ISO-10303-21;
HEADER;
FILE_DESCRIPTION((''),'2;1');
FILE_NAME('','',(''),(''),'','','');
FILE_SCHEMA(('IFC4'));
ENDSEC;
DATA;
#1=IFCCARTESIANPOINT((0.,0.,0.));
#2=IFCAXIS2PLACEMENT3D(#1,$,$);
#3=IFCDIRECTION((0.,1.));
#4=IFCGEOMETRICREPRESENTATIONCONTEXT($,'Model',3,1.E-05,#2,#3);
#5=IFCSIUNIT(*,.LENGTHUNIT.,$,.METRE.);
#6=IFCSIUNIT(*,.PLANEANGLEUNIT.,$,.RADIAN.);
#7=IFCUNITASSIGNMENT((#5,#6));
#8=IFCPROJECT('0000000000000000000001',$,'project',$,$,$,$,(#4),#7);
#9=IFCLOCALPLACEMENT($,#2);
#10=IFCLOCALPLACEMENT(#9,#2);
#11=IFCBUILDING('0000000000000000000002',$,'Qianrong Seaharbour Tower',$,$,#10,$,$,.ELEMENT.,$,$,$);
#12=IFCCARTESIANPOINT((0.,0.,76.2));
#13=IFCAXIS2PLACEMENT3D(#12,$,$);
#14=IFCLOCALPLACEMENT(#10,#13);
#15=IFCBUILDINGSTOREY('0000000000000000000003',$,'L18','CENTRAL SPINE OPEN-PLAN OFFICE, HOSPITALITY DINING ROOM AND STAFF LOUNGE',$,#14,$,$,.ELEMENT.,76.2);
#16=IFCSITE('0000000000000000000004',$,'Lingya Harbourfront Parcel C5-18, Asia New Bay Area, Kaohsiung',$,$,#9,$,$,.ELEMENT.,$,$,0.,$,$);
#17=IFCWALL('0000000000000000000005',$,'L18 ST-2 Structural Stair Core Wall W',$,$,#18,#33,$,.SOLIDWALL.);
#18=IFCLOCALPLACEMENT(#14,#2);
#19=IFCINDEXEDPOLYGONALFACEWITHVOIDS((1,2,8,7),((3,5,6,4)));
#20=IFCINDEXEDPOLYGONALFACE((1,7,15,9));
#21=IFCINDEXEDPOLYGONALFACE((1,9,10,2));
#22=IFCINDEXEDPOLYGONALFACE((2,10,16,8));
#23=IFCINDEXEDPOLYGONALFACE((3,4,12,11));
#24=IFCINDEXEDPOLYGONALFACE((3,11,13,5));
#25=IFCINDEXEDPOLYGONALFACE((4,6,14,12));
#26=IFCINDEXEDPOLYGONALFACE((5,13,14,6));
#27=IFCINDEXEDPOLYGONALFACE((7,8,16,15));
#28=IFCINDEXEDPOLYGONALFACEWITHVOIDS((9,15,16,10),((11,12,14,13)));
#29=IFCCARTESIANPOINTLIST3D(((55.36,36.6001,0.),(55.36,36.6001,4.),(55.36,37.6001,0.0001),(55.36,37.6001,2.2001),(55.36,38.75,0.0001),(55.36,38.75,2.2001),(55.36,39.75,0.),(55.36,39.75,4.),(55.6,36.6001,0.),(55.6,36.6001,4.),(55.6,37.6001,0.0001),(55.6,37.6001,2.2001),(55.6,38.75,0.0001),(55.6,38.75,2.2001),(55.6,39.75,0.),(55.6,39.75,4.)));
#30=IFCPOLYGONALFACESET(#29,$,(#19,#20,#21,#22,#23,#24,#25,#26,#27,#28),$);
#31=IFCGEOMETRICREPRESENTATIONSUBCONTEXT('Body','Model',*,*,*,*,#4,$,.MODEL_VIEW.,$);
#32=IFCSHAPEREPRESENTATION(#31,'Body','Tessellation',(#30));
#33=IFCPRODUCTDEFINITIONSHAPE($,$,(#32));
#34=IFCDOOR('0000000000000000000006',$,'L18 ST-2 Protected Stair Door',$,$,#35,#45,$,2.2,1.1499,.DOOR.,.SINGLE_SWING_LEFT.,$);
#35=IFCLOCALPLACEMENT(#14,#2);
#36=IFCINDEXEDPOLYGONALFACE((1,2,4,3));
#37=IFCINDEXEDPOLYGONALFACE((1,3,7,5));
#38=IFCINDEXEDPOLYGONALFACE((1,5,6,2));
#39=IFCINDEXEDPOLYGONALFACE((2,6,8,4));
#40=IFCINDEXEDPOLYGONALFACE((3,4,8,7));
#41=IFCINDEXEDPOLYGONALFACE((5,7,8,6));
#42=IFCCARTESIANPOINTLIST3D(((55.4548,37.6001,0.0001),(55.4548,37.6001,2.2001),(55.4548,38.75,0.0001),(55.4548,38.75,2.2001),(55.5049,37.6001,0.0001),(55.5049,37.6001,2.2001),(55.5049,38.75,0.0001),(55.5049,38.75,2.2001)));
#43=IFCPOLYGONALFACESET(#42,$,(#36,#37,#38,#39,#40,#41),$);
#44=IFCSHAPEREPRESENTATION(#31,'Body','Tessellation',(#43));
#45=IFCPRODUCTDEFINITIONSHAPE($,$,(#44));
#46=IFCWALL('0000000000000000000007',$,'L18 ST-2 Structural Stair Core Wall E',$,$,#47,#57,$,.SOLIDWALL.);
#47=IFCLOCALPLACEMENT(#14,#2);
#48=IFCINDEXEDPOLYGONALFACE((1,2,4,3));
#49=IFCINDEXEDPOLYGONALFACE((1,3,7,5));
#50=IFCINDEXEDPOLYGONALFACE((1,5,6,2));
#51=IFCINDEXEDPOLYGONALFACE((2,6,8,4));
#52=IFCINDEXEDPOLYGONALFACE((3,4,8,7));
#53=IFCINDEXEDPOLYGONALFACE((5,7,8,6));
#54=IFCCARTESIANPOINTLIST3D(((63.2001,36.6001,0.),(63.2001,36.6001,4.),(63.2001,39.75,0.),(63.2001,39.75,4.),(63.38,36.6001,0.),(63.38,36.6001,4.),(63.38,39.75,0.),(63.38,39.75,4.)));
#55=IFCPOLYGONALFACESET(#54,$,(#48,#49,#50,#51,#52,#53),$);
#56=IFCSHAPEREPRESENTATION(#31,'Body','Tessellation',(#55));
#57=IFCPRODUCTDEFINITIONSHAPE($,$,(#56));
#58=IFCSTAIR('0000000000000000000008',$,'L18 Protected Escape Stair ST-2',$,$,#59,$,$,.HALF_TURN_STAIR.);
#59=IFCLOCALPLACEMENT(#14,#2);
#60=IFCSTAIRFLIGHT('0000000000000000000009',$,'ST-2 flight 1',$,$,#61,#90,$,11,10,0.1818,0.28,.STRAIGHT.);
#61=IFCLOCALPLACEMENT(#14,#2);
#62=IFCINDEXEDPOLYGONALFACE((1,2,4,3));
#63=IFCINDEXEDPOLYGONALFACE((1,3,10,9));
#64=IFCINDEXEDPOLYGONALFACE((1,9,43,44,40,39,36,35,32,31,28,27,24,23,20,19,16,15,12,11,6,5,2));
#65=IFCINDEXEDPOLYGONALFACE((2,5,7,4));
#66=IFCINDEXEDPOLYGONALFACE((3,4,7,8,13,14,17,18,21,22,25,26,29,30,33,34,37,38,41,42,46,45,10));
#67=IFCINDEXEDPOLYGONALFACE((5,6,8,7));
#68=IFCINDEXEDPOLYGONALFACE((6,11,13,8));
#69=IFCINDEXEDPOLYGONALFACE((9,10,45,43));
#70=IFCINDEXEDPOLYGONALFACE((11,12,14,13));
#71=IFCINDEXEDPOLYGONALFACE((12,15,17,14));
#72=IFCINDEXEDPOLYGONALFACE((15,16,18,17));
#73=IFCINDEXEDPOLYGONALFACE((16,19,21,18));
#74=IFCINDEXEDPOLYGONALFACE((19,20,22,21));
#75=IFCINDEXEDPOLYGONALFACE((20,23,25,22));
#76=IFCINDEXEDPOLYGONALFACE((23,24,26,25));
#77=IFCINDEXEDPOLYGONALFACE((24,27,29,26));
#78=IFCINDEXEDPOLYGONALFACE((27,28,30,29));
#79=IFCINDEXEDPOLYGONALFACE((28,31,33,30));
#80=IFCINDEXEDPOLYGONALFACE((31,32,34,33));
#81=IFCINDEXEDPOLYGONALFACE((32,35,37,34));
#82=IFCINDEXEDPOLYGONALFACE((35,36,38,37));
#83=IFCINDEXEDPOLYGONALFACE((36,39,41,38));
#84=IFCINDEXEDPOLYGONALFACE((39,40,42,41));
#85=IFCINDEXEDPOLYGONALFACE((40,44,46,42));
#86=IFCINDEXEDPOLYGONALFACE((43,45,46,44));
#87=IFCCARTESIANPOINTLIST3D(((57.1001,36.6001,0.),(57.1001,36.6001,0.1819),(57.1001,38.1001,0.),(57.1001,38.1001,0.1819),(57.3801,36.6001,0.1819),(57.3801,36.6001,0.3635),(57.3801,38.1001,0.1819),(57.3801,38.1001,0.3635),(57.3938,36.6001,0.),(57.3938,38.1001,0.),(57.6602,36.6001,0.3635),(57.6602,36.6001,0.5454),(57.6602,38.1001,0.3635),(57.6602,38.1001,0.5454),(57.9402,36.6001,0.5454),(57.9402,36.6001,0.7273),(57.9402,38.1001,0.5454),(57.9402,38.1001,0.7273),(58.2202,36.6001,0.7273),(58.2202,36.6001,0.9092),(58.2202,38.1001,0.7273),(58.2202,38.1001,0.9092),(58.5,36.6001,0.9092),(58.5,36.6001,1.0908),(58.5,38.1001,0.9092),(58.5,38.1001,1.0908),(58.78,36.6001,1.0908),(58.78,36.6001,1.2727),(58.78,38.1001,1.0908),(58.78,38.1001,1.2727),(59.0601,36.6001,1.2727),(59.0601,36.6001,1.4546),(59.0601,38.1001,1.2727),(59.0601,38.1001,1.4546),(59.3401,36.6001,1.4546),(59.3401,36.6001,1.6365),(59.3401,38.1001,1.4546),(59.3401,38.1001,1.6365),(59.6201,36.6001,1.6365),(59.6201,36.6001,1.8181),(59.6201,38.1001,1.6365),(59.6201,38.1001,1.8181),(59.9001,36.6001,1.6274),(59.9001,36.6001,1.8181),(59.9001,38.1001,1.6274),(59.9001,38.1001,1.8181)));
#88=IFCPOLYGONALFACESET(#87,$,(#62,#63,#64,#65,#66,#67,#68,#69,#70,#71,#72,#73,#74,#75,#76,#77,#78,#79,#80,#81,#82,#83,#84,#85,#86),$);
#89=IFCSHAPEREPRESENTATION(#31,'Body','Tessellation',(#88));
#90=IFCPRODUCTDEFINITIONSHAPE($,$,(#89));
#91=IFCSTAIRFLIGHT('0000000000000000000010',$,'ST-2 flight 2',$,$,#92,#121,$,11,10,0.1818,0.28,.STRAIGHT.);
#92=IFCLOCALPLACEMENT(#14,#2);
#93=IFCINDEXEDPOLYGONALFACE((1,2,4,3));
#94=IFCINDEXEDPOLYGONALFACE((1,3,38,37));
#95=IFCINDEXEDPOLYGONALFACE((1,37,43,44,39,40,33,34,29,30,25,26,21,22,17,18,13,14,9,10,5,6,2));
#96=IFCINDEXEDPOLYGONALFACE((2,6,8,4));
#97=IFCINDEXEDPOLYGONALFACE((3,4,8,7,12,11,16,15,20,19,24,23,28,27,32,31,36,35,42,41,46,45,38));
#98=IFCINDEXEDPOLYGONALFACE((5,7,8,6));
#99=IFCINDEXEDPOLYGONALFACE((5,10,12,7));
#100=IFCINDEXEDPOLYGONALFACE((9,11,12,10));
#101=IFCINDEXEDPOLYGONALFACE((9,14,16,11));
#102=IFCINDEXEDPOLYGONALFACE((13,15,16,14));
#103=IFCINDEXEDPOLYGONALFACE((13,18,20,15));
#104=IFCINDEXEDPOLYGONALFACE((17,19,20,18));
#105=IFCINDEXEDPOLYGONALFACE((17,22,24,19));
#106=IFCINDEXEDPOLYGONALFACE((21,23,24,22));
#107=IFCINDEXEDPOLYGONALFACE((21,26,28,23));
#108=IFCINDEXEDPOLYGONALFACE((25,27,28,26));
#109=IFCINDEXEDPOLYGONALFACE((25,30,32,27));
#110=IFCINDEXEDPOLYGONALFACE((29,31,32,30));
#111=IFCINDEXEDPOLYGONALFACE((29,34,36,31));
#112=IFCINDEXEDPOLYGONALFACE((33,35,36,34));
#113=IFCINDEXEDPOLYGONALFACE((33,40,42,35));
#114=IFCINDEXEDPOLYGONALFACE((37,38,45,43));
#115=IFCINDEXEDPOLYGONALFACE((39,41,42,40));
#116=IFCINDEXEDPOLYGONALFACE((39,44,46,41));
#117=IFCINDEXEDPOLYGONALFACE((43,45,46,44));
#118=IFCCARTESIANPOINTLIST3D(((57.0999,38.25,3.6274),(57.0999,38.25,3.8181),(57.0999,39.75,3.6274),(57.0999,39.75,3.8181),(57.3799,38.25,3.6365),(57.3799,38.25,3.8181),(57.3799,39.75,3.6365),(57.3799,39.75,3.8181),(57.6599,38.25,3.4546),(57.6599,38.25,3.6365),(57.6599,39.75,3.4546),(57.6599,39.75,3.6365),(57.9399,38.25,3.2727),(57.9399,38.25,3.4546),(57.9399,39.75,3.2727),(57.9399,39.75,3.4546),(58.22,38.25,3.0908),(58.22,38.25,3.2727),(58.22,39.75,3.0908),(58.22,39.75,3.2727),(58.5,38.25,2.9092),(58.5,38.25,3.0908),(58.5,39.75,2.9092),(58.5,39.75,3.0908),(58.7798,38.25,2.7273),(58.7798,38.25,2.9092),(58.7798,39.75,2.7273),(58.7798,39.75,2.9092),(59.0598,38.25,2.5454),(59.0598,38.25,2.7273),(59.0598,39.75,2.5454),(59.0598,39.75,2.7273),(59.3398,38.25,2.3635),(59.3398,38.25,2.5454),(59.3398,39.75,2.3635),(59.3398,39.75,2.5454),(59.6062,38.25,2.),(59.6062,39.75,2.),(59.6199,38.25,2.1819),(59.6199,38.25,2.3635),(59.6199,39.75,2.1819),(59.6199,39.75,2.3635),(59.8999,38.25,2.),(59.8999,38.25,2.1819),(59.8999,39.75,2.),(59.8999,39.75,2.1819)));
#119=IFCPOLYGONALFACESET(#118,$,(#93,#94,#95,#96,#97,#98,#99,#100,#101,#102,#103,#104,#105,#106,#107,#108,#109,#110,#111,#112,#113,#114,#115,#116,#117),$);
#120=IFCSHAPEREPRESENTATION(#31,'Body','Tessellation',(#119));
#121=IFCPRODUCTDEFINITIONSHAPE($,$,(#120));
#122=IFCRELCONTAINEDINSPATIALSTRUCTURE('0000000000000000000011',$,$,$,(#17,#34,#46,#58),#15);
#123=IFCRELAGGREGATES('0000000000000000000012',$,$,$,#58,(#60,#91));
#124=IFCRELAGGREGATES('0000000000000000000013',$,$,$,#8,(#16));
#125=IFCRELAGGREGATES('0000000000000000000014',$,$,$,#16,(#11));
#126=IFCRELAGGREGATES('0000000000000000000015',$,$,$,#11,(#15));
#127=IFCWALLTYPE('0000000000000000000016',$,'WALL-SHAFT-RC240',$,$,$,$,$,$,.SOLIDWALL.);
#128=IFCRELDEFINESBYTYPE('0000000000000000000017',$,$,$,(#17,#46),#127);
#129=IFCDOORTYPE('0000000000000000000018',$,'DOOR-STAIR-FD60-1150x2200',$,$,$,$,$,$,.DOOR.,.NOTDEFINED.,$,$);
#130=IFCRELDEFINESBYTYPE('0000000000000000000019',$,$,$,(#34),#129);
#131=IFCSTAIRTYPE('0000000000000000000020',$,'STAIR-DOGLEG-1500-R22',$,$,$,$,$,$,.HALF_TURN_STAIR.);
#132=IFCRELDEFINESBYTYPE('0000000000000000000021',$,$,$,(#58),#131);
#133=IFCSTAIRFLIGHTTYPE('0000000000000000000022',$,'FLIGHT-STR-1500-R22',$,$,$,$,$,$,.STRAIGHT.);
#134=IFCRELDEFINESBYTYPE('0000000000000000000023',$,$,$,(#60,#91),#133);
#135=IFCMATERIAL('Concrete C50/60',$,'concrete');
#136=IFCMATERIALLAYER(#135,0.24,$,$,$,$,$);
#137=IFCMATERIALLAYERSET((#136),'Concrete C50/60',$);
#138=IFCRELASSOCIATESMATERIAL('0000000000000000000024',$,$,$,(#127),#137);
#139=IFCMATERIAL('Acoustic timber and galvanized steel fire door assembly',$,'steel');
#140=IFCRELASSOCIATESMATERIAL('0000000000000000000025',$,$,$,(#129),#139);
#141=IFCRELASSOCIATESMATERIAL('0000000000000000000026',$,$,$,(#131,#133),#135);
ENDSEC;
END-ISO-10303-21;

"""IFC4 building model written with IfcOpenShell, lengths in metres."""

from ifc_helpers import new_model, si_unit, direction, frame, frame_2d, origin, place, context, subcontext, project, spatial, polyline, rectangle, outline, extrude, material, layer, layer_set, type_object, element, fill, aggregate, save


model = new_model("IFC4")

# Units and contexts
model_context = context("Model", 3, precision=1e-05, world=origin(), true_north=direction((0.0, 1.0)))
body_context = subcontext(model_context, "Body", "Model", "MODEL_VIEW")
ifc_project = project(units=[si_unit("LENGTHUNIT", "METRE"), si_unit("PLANEANGLEUNIT", "RADIAN")], contexts=[model_context])

# Site, building, storey
site_placement = place(None, origin())
site = spatial("IfcSite", under=ifc_project, at=site_placement, Name="Lingya Harbourfront Parcel C5-18, Asia New Bay Area, Kaohsiung", CompositionType="ELEMENT", RefElevation=0.0)
building_placement = place(site_placement, origin())
building = spatial("IfcBuilding", under=site, at=building_placement, Name="Qianrong Seaharbour Tower", CompositionType="ELEMENT")
storey_placement = place(building_placement, frame((0.0, 0.0, 76.2)))
storey = spatial("IfcBuildingStorey", under=building, at=storey_placement, Name="L18", Description="CENTRAL SPINE OPEN-PLAN OFFICE, HOSPITALITY DINING ROOM AND STAFF LOUNGE", CompositionType="ELEMENT", Elevation=76.2)

# Shared definitions
ifc_material_1 = material(Name="Acoustic timber and galvanized steel fire door assembly", Category="steel")

# Shared definitions
ifc_material_2 = material(Name="Concrete C50/60", Category="concrete")
ifc_layer_1 = layer(ifc_material_2, 0.24)
ifc_layer_set_1 = layer_set([ifc_layer_1], Name="Concrete C50/60")
wall_type_1 = type_object("IfcWallType", Name="WALL-SHAFT-RC240", PredefinedType="SOLIDWALL", material=ifc_layer_set_1)

# Wall, opening, door
wall_1_placement = place(storey_placement, frame((55.48, 39.75, 0.0), z_axis=(0.0, 0.0, 1.0), x_axis=(0.0, -1.0, 0.0)))
wall_1 = element("IfcWall", 1, at=wall_1_placement, inside=storey, type_object=wall_type_1, Name="L18 ST-2 Structural Stair Core Wall W", PredefinedType="SOLIDWALL", context=body_context, shape_type="SweptSolid", body=[
    extrude(rectangle(XDim=3.1499, YDim=0.24, at=frame_2d((1.575, 0.0))), origin(), (0.0, 0.0, 1.0), 4.0),
])
opening_1_placement = place(wall_1_placement, frame((1.0, 0.0, 0.0)))
opening_1 = element("IfcOpeningElement", 2, at=opening_1_placement, cuts=wall_1, PredefinedType="OPENING", context=body_context, shape_type="SweptSolid", body=[
    extrude(rectangle(XDim=1.1499, YDim=2.2, at=frame_2d((0.575, 1.1001))), frame((0.0, 0.1299, 0.0), z_axis=(0.0, -1.0, 0.0), x_axis=(1.0, 0.0, 0.0)), (0.0, 0.0, 1.0), 0.26),
])
door_type_1 = type_object("IfcDoorType", Name="DOOR-STAIR-FD60-1150x2200", OperationType="NOTDEFINED", PredefinedType="DOOR", material=ifc_material_1)
door_1_placement = place(opening_1_placement, origin())
door_1 = element("IfcDoor", 3, at=door_1_placement, inside=storey, type_object=door_type_1, Name="L18 ST-2 Protected Stair Door", OperationType="SINGLE_SWING_LEFT", OverallHeight=2.2, OverallWidth=1.1499, PredefinedType="DOOR", context=body_context, shape_type="SweptSolid", body=[
    extrude(rectangle(XDim=1.1499, YDim=2.2, at=frame_2d((0.575, 1.1001))), frame((0.0, 0.0249, 0.0), z_axis=(0.0, -1.0, 0.0), x_axis=(1.0, 0.0, 0.0)), (0.0, 0.0, 1.0), 0.05),
])
fill(opening_1, door_1)

# Wall
wall_2_placement = place(storey_placement, frame((63.29, 36.6001, 0.0), z_axis=(0.0, 0.0, 1.0), x_axis=(0.0, 1.0, 0.0)))
element("IfcWall", 4, at=wall_2_placement, inside=storey, type_object=wall_type_1, Name="L18 ST-2 Structural Stair Core Wall E", PredefinedType="SOLIDWALL", context=body_context, shape_type="SweptSolid", body=[
    extrude(rectangle(XDim=3.1499, YDim=0.1799, at=frame_2d((1.575, 0.0))), origin(), (0.0, 0.0, 1.0), 4.0),
])

# Stair, stair flights
stair_type = type_object("IfcStairType", Name="STAIR-DOGLEG-1500-R22", PredefinedType="HALF_TURN_STAIR", material=ifc_material_2)
stair_placement = place(storey_placement, origin())
stair = element("IfcStair", 5, at=stair_placement, inside=storey, type_object=stair_type, Name="L18 Protected Escape Stair ST-2", PredefinedType="HALF_TURN_STAIR")
stair_flight_type = type_object("IfcStairFlightType", Name="FLIGHT-STR-1500-R22", PredefinedType="STRAIGHT", material=ifc_material_2)
stair_flight_1_placement = place(storey_placement, frame((57.1001, 37.3501, 0.0), z_axis=(0.0, 0.0, 1.0), x_axis=(1.0, 0.0, 0.0)))
stair_flight_1 = element("IfcStairFlight", 6, at=stair_flight_1_placement, type_object=stair_flight_type, Name="ST-2 flight 1", NumberOfRisers=11, NumberOfTreads=10, PredefinedType="STRAIGHT", RiserHeight=0.1818, TreadLength=0.28, context=body_context, shape_type="SweptSolid", body=[
    extrude(outline(polyline([(0.0, 0.0), (0.0, 0.1819), (0.28, 0.1819), (0.28, 0.3635), (0.5601, 0.3635), (0.5601, 0.5454), (0.8401, 0.5454), (0.8401, 0.7273), (1.1201, 0.7273), (1.1201, 0.9092), (1.3999, 0.9092), (1.3999, 1.0908), (1.6799, 1.0908), (1.6799, 1.2727), (1.96, 1.2727), (1.96, 1.4546), (2.24, 1.4546), (2.24, 1.6365), (2.52, 1.6365), (2.52, 1.8181), (2.8, 1.8181), (2.8, 2.0), (2.8, 1.6274), (0.2937, 0.0), (0.0, 0.0)])), frame((0.0, 0.75, 0.0), z_axis=(0.0, -1.0, 0.0), x_axis=(1.0, 0.0, 0.0)), (0.0, 0.0, 1.0), 1.5),
])
stair_flight_2_placement = place(storey_placement, frame((59.8999, 39.0, 2.0), z_axis=(0.0, 0.0, 1.0), x_axis=(-1.0, 0.0, 0.0)))
stair_flight_2 = element("IfcStairFlight", 7, at=stair_flight_2_placement, type_object=stair_flight_type, Name="ST-2 flight 2", NumberOfRisers=11, NumberOfTreads=10, PredefinedType="STRAIGHT", RiserHeight=0.1818, TreadLength=0.28, context=body_context, shape_type="SweptSolid", body=[
    extrude(outline(polyline([(0.0, 0.0), (0.0, 0.1819), (0.28, 0.1819), (0.28, 0.3635), (0.5601, 0.3635), (0.5601, 0.5454), (0.8401, 0.5454), (0.8401, 0.7273), (1.1201, 0.7273), (1.1201, 0.9092), (1.3999, 0.9092), (1.3999, 1.0908), (1.6799, 1.0908), (1.6799, 1.2727), (1.96, 1.2727), (1.96, 1.4546), (2.24, 1.4546), (2.24, 1.6365), (2.52, 1.6365), (2.52, 1.8181), (2.8, 1.8181), (2.8, 2.0), (2.8, 1.6274), (0.2937, 0.0), (0.0, 0.0)])), frame((0.0, 0.75, 0.0), z_axis=(0.0, -1.0, 0.0), x_axis=(1.0, 0.0, 0.0)), (0.0, 0.0, 1.0), 1.5),
])
aggregate(stair, [stair_flight_1, stair_flight_2])

save(model, "model.ifc")
